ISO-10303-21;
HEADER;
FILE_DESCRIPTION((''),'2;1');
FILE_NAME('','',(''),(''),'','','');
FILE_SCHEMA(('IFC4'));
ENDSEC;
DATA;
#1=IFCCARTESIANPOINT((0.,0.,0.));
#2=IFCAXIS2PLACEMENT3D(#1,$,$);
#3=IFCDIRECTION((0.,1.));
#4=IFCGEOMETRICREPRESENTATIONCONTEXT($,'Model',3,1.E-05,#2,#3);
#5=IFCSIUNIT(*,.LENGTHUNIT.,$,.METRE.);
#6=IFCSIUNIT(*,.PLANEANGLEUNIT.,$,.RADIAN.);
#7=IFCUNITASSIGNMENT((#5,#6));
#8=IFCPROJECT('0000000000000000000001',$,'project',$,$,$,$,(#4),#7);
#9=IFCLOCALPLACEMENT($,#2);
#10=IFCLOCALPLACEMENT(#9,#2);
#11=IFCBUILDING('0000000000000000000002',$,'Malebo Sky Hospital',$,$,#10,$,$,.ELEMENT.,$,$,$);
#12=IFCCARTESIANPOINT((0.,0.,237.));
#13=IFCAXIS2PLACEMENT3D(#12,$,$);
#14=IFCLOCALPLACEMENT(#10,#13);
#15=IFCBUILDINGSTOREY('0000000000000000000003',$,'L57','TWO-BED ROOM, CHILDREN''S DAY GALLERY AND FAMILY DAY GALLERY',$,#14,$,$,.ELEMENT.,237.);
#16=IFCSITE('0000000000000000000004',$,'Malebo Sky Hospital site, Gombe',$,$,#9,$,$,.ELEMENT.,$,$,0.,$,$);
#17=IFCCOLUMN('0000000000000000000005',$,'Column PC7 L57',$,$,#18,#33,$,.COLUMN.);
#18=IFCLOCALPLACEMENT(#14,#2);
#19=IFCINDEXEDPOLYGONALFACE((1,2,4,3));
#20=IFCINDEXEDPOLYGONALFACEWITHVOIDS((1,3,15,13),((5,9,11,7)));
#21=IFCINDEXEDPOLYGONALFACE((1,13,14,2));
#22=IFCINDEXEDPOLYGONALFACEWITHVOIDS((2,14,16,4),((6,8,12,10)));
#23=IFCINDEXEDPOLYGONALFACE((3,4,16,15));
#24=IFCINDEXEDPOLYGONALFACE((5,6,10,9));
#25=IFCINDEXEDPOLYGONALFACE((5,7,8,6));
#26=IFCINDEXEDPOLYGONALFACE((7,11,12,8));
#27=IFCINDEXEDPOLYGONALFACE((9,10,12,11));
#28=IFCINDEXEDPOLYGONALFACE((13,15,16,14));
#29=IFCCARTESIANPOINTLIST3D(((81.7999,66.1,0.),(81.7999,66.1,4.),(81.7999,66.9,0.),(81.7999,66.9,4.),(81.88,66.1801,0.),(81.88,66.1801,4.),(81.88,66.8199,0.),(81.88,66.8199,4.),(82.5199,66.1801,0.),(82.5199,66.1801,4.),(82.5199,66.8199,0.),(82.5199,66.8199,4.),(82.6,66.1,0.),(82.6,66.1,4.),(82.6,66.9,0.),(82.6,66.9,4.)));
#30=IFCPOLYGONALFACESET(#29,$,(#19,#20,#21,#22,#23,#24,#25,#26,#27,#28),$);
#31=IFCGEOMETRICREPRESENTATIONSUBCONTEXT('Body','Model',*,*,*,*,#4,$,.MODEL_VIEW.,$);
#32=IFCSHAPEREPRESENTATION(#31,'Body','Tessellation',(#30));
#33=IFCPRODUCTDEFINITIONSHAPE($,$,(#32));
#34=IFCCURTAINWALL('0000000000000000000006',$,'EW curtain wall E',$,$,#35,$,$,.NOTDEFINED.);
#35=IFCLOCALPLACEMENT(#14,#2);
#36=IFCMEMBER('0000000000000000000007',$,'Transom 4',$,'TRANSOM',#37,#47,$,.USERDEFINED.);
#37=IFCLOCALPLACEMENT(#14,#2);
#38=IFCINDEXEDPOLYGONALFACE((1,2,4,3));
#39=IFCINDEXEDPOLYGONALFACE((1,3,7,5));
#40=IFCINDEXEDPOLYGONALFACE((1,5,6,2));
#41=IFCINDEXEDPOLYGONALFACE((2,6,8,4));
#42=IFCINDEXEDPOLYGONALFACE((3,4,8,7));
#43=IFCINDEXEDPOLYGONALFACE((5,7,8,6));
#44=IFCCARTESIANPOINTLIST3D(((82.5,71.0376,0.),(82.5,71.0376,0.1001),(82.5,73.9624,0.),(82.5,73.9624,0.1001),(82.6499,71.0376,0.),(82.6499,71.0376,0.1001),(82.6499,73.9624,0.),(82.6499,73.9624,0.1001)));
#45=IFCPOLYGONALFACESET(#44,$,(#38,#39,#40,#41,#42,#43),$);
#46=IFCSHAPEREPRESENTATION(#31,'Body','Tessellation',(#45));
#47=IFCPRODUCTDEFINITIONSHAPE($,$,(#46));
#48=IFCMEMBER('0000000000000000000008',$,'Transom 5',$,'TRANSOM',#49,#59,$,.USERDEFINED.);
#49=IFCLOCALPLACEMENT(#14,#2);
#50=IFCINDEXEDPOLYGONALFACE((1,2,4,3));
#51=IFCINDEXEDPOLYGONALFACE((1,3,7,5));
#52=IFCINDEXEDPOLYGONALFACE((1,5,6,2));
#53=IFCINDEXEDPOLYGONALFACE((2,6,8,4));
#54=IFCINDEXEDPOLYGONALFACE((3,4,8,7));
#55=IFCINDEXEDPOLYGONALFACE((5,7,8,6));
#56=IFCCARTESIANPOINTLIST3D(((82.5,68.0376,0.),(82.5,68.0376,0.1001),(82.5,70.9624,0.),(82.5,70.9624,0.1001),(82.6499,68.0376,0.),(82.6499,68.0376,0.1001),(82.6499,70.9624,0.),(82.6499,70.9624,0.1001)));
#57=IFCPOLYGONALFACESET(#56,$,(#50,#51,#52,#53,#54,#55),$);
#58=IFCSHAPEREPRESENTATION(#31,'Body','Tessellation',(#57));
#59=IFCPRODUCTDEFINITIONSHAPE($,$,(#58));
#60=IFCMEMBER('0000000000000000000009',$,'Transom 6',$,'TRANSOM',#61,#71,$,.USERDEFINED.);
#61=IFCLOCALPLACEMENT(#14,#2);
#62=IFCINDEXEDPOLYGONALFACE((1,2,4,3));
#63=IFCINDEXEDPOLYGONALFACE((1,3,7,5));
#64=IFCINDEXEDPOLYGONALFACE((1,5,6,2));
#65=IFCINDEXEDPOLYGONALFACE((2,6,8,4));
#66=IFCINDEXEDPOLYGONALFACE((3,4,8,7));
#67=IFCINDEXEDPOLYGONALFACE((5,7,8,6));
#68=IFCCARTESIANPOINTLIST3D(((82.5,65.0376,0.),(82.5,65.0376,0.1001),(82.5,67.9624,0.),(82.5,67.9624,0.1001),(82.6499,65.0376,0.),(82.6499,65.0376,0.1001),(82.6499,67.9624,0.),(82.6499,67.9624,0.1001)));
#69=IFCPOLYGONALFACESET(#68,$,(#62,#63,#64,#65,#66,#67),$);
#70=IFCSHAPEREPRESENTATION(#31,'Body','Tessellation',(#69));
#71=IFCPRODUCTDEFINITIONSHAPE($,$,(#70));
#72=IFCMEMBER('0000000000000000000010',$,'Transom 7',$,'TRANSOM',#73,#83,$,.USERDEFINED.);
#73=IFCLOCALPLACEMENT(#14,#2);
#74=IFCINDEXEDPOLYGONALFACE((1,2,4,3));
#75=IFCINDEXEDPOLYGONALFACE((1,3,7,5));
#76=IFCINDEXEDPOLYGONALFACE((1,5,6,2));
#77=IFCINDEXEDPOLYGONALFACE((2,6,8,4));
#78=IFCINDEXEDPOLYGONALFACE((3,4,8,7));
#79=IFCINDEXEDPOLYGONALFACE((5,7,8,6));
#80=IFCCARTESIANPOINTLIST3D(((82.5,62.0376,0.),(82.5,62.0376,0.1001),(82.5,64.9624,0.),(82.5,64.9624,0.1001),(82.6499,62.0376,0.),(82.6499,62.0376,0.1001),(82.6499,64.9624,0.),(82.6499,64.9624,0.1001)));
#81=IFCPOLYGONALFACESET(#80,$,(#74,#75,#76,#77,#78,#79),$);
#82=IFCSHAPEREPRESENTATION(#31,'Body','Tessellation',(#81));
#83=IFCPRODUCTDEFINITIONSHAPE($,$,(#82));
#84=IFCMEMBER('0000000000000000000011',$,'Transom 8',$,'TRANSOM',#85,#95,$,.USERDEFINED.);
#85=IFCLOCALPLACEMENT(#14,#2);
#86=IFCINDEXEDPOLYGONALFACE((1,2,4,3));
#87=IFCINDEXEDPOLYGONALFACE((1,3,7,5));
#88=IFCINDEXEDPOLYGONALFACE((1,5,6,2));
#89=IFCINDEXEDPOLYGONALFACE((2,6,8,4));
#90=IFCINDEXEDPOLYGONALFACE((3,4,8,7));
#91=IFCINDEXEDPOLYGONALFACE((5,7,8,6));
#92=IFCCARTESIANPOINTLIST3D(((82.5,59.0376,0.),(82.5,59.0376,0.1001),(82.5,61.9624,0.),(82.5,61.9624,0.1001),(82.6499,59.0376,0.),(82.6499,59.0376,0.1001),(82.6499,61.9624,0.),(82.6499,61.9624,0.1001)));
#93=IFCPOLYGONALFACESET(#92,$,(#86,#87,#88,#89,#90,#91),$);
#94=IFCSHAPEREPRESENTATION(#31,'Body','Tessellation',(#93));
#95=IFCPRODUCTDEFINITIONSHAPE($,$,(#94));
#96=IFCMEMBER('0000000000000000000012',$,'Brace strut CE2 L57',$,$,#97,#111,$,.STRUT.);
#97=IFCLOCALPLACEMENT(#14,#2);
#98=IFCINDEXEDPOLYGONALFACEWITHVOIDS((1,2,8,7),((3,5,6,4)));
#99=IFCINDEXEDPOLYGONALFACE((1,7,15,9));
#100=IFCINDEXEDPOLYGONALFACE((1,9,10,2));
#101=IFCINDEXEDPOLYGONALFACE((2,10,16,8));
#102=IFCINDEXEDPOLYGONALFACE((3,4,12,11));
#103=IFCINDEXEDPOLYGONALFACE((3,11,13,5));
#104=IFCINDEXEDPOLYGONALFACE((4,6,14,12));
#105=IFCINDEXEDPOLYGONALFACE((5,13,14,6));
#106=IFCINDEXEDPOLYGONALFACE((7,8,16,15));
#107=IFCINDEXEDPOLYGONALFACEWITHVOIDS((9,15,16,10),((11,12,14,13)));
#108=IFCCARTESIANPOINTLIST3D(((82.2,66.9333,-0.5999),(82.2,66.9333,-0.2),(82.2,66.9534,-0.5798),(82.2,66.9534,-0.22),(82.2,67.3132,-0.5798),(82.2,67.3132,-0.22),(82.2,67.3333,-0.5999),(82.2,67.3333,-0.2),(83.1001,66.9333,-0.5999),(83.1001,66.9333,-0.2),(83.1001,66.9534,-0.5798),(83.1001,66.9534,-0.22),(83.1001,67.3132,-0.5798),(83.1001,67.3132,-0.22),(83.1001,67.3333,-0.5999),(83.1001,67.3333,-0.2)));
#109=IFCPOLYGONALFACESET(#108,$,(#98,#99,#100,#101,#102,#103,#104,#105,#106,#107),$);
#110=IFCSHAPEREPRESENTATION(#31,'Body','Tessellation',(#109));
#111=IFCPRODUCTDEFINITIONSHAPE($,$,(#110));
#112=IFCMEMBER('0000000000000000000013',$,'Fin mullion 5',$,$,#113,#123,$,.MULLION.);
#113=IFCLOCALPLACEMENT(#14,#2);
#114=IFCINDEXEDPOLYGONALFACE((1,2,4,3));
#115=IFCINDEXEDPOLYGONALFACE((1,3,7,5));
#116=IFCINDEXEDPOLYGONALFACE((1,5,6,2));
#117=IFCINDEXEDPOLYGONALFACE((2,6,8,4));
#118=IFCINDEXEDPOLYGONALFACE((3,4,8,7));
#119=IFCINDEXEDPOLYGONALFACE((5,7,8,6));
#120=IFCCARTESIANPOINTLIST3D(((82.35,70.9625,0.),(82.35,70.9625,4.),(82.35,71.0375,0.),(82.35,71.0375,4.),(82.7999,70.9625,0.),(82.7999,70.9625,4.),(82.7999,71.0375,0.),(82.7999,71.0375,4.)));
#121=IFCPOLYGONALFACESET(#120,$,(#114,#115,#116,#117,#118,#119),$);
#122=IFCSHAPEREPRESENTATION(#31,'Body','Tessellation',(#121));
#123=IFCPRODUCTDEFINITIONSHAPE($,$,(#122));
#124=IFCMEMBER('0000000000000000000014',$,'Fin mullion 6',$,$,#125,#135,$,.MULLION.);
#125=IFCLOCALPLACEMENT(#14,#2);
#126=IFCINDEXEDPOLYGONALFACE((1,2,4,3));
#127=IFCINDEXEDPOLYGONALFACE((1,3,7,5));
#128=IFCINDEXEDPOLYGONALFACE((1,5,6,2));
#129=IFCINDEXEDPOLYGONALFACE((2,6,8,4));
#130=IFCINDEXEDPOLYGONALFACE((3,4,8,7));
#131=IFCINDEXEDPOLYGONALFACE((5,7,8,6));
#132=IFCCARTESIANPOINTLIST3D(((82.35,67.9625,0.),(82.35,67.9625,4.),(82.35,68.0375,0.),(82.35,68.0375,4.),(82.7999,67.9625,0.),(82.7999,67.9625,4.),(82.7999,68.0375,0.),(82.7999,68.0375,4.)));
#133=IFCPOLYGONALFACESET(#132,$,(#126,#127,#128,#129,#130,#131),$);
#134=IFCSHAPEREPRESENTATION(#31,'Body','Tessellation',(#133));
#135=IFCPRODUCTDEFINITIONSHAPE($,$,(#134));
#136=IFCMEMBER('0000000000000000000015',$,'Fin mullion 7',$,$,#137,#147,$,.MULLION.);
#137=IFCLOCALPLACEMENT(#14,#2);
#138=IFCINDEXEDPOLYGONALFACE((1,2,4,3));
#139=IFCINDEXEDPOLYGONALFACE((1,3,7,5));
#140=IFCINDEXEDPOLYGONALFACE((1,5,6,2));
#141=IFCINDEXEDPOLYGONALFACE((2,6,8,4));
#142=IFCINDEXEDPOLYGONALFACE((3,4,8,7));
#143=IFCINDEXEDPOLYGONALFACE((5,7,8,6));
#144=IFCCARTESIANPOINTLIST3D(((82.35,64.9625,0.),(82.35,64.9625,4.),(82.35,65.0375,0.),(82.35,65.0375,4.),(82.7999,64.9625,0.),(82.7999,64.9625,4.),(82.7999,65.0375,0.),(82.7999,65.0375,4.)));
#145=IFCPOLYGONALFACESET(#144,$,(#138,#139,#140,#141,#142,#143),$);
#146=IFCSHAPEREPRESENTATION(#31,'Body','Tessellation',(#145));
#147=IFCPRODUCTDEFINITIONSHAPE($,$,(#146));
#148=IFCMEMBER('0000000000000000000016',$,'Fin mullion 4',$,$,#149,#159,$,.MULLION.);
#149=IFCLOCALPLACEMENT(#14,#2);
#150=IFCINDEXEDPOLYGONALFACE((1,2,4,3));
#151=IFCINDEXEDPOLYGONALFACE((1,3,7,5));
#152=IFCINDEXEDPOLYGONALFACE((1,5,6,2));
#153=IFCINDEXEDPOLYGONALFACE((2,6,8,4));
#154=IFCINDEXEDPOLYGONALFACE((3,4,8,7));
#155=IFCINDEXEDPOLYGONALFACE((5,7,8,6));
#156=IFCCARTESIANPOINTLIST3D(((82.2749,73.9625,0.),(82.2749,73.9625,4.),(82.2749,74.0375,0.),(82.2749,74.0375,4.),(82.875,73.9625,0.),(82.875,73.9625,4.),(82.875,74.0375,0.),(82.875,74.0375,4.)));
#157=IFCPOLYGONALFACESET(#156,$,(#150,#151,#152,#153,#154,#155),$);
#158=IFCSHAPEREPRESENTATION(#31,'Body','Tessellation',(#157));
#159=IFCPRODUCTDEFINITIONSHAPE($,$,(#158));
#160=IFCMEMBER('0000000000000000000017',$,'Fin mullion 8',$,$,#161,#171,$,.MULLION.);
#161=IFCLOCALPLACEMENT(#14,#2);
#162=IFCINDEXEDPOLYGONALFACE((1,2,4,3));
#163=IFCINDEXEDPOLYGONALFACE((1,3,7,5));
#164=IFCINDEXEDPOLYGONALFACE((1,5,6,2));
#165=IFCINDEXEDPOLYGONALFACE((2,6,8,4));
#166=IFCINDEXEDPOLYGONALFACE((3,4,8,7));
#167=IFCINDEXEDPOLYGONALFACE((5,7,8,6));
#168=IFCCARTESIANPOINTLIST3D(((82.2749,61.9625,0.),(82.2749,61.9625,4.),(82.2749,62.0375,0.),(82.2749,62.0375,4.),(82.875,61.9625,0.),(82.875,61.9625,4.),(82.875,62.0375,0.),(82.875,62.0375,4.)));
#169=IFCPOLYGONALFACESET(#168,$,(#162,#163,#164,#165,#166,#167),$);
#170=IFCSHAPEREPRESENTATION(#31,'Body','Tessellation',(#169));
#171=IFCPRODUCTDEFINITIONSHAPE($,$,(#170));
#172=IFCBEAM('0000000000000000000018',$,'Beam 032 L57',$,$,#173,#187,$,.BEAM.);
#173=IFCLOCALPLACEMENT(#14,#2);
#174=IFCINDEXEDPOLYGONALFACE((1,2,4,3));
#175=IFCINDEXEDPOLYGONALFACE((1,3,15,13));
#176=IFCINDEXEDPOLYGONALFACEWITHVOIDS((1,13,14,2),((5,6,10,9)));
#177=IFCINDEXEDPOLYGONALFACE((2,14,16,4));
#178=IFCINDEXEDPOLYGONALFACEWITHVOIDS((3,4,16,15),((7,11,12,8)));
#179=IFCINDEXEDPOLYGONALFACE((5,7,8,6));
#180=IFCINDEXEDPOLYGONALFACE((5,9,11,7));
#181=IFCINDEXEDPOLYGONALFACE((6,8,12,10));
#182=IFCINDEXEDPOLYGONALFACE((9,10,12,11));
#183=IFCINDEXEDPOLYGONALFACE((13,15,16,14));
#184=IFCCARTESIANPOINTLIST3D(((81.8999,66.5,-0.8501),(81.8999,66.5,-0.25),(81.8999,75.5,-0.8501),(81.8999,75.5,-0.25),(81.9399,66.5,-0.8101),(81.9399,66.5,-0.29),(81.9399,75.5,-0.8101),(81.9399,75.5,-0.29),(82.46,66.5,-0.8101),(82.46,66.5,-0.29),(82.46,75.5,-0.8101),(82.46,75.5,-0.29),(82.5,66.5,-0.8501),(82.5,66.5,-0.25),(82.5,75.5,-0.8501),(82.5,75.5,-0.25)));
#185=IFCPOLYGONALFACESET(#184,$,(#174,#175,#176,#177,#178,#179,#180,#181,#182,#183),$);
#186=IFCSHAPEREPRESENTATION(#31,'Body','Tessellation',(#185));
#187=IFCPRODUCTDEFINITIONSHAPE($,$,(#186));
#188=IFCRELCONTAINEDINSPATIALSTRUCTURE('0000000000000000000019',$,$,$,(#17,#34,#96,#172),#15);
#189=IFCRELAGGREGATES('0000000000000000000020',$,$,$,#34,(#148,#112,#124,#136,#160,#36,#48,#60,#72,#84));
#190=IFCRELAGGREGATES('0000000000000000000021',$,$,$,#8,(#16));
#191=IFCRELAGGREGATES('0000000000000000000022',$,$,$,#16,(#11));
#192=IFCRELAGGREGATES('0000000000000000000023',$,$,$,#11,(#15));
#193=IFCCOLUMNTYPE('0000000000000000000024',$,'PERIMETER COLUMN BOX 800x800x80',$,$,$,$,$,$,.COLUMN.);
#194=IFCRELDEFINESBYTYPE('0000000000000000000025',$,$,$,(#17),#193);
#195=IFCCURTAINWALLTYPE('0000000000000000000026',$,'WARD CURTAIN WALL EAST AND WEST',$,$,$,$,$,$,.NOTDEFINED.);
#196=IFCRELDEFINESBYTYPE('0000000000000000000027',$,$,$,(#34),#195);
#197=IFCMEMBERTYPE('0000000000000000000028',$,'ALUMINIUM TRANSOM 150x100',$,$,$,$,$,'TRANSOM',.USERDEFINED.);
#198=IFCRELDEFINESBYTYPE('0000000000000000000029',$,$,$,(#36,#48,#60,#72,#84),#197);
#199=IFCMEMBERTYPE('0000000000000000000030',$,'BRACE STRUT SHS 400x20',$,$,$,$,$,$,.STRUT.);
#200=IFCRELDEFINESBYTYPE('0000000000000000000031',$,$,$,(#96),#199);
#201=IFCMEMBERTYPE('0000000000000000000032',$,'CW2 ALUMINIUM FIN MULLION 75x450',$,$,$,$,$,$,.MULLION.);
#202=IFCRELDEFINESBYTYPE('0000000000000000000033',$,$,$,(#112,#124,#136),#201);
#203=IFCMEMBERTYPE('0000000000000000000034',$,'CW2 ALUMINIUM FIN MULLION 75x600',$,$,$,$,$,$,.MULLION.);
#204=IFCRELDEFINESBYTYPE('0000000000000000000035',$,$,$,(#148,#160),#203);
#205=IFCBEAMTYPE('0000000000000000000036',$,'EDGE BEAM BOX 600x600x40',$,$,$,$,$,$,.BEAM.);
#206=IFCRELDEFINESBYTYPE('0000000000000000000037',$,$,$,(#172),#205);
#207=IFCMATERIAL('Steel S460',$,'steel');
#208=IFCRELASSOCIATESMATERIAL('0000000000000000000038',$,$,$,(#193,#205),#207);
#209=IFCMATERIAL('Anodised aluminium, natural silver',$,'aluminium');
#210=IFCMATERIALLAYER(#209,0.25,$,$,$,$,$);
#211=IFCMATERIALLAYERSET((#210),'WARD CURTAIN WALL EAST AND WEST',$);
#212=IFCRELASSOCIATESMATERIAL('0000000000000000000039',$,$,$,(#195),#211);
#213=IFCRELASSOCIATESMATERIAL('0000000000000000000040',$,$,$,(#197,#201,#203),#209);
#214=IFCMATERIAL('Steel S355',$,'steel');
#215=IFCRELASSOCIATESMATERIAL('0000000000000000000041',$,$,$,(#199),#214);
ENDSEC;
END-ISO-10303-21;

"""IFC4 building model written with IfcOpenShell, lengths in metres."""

from ifc_helpers import new_model, si_unit, direction, frame, origin, origin_2d, place, context, subcontext, project, spatial, rectangle, hollow_rectangle, extrude, material, layer, layer_set, material_profile, profile_set, type_object, element, aggregate, save


model = new_model("IFC4")

# Units and contexts
model_context = context("Model", 3, precision=1e-05, world=origin(), true_north=direction((0.0, 1.0)))
body_context = subcontext(model_context, "Body", "Model", "MODEL_VIEW")
ifc_project = project(units=[si_unit("LENGTHUNIT", "METRE"), si_unit("PLANEANGLEUNIT", "RADIAN")], contexts=[model_context])

# Site, building, storey
site_placement = place(None, origin())
site = spatial("IfcSite", under=ifc_project, at=site_placement, Name="Malebo Sky Hospital site, Gombe", CompositionType="ELEMENT", RefElevation=0.0)
building_placement = place(site_placement, origin())
building = spatial("IfcBuilding", under=site, at=building_placement, Name="Malebo Sky Hospital", CompositionType="ELEMENT")
storey_placement = place(building_placement, frame((0.0, 0.0, 237.0)))
storey = spatial("IfcBuildingStorey", under=building, at=storey_placement, Name="L57", Description="TWO-BED ROOM, CHILDREN'S DAY GALLERY AND FAMILY DAY GALLERY", CompositionType="ELEMENT", Elevation=237.0)

# Column
ifc_material_1 = material(Name="Steel S460", Category="steel")
ifc_material_profile_1 = material_profile(ifc_material_1, hollow_rectangle(XDim=0.8, YDim=0.8, WallThickness=0.0801, at=origin_2d()), Name="BOX 800x800x80")
ifc_profile_set_1 = profile_set([ifc_material_profile_1], Name="Steel S460")
column_type = type_object("IfcColumnType", Name="PERIMETER COLUMN BOX 800x800x80", PredefinedType="COLUMN", material=ifc_profile_set_1)
column_placement = place(storey_placement, frame((82.2, 66.5, 0.0), z_axis=(0.0, 0.0, 1.0), x_axis=(1.0, 0.0, 0.0)))
element("IfcColumn", 1, at=column_placement, inside=storey, type_object=column_type, Name="Column PC7 L57", PredefinedType="COLUMN", context=body_context, shape_type="SweptSolid", body=[
    extrude(hollow_rectangle(XDim=0.8, YDim=0.8, WallThickness=0.0801, at=origin_2d()), origin(), (0.0, 0.0, 1.0), 4.0),
])

# Curtain wall, members
ifc_material_2 = material(Name="Anodised aluminium, natural silver", Category="aluminium")
ifc_layer_1 = layer(ifc_material_2, 0.25)
ifc_layer_set_1 = layer_set([ifc_layer_1], Name="WARD CURTAIN WALL EAST AND WEST")
curtain_wall_type = type_object("IfcCurtainWallType", Name="WARD CURTAIN WALL EAST AND WEST", PredefinedType="NOTDEFINED", material=ifc_layer_set_1)
curtain_wall_placement = place(storey_placement, origin())
curtain_wall = element("IfcCurtainWall", 2, at=curtain_wall_placement, inside=storey, type_object=curtain_wall_type, Name="EW curtain wall E", PredefinedType="NOTDEFINED")
ifc_material_profile_2 = material_profile(ifc_material_2, rectangle(XDim=0.1499, YDim=0.1001, at=origin_2d()), Name="ALUMINIUM TRANSOM 150x100")
ifc_profile_set_2 = profile_set([ifc_material_profile_2], Name="Anodised aluminium, natural silver")
member_type_1 = type_object("IfcMemberType", Name="ALUMINIUM TRANSOM 150x100", ElementType="TRANSOM", PredefinedType="USERDEFINED", material=ifc_profile_set_2)
member_1_placement = place(storey_placement, frame((82.575, 73.9624, 0.05), z_axis=(0.0, -1.0, 0.0), x_axis=(1.0, 0.0, 0.0)))
member_1 = element("IfcMember", 3, at=member_1_placement, type_object=member_type_1, Name="Transom 4", ObjectType="TRANSOM", PredefinedType="USERDEFINED", context=body_context, shape_type="SweptSolid", body=[
    extrude(rectangle(XDim=0.1499, YDim=0.1001, at=origin_2d()), origin(), (0.0, 0.0, 1.0), 2.9248),
])
member_2_placement = place(storey_placement, frame((82.575, 70.9624, 0.05), z_axis=(0.0, -1.0, 0.0), x_axis=(1.0, 0.0, 0.0)))
member_2 = element("IfcMember", 4, at=member_2_placement, type_object=member_type_1, Name="Transom 5", ObjectType="TRANSOM", PredefinedType="USERDEFINED", context=body_context, shape_type="SweptSolid", body=[
    extrude(rectangle(XDim=0.1499, YDim=0.1001, at=origin_2d()), origin(), (0.0, 0.0, 1.0), 2.9248),
])
member_3_placement = place(storey_placement, frame((82.575, 67.9624, 0.05), z_axis=(0.0, -1.0, 0.0), x_axis=(1.0, 0.0, 0.0)))
member_3 = element("IfcMember", 5, at=member_3_placement, type_object=member_type_1, Name="Transom 6", ObjectType="TRANSOM", PredefinedType="USERDEFINED", context=body_context, shape_type="SweptSolid", body=[
    extrude(rectangle(XDim=0.1499, YDim=0.1001, at=origin_2d()), origin(), (0.0, 0.0, 1.0), 2.9248),
])
member_4_placement = place(storey_placement, frame((82.575, 64.9624, 0.05), z_axis=(0.0, -1.0, 0.0), x_axis=(1.0, 0.0, 0.0)))
member_4 = element("IfcMember", 6, at=member_4_placement, type_object=member_type_1, Name="Transom 7", ObjectType="TRANSOM", PredefinedType="USERDEFINED", context=body_context, shape_type="SweptSolid", body=[
    extrude(rectangle(XDim=0.1499, YDim=0.1001, at=origin_2d()), origin(), (0.0, 0.0, 1.0), 2.9248),
])
member_5_placement = place(storey_placement, frame((82.575, 61.9624, 0.05), z_axis=(0.0, -1.0, 0.0), x_axis=(1.0, 0.0, 0.0)))
member_5 = element("IfcMember", 7, at=member_5_placement, type_object=member_type_1, Name="Transom 8", ObjectType="TRANSOM", PredefinedType="USERDEFINED", context=body_context, shape_type="SweptSolid", body=[
    extrude(rectangle(XDim=0.1499, YDim=0.1001, at=origin_2d()), origin(), (0.0, 0.0, 1.0), 2.9248),
])

# Members
ifc_material_3 = material(Name="Steel S355", Category="steel")
ifc_material_profile_3 = material_profile(ifc_material_3, hollow_rectangle(XDim=0.3999, YDim=0.3999, WallThickness=0.02, at=origin_2d()), Name="SHS 400x20")
ifc_profile_set_3 = profile_set([ifc_material_profile_3], Name="Steel S355")
member_type_2 = type_object("IfcMemberType", Name="BRACE STRUT SHS 400x20", PredefinedType="STRUT", material=ifc_profile_set_3)
member_6_placement = place(storey_placement, frame((83.1001, 67.1333, -0.3999), z_axis=(-1.0, 0.0, 0.0), x_axis=(0.0, -1.0, 0.0)))
element("IfcMember", 8, at=member_6_placement, inside=storey, type_object=member_type_2, Name="Brace strut CE2 L57", PredefinedType="STRUT", context=body_context, shape_type="SweptSolid", body=[
    extrude(hollow_rectangle(XDim=0.3999, YDim=0.3999, WallThickness=0.02, at=origin_2d()), origin(), (0.0, 0.0, 1.0), 0.9001),
])
ifc_material_profile_4 = material_profile(ifc_material_2, rectangle(XDim=0.075, YDim=0.45, at=origin_2d()), Name="CW2 ALUMINIUM FIN MULLION 75x450")
ifc_profile_set_4 = profile_set([ifc_material_profile_4], Name="Anodised aluminium, natural silver")
member_type_3 = type_object("IfcMemberType", Name="CW2 ALUMINIUM FIN MULLION 75x450", PredefinedType="MULLION", material=ifc_profile_set_4)
member_7_placement = place(storey_placement, frame((82.575, 71.0, 0.0), z_axis=(0.0, 0.0, 1.0), x_axis=(0.0, -1.0, 0.0)))
member_7 = element("IfcMember", 9, at=member_7_placement, type_object=member_type_3, Name="Fin mullion 5", PredefinedType="MULLION", context=body_context, shape_type="SweptSolid", body=[
    extrude(rectangle(XDim=0.075, YDim=0.45, at=origin_2d()), origin(), (0.0, 0.0, 1.0), 4.0),
])
member_8_placement = place(storey_placement, frame((82.575, 68.0, 0.0), z_axis=(0.0, 0.0, 1.0), x_axis=(0.0, -1.0, 0.0)))
member_8 = element("IfcMember", 10, at=member_8_placement, type_object=member_type_3, Name="Fin mullion 6", PredefinedType="MULLION", context=body_context, shape_type="SweptSolid", body=[
    extrude(rectangle(XDim=0.075, YDim=0.45, at=origin_2d()), origin(), (0.0, 0.0, 1.0), 4.0),
])
member_9_placement = place(storey_placement, frame((82.575, 65.0, 0.0), z_axis=(0.0, 0.0, 1.0), x_axis=(0.0, -1.0, 0.0)))
member_9 = element("IfcMember", 11, at=member_9_placement, type_object=member_type_3, Name="Fin mullion 7", PredefinedType="MULLION", context=body_context, shape_type="SweptSolid", body=[
    extrude(rectangle(XDim=0.075, YDim=0.45, at=origin_2d()), origin(), (0.0, 0.0, 1.0), 4.0),
])
ifc_material_profile_5 = material_profile(ifc_material_2, rectangle(XDim=0.075, YDim=0.6001, at=origin_2d()), Name="CW2 ALUMINIUM FIN MULLION 75x600")
ifc_profile_set_5 = profile_set([ifc_material_profile_5], Name="Anodised aluminium, natural silver")
member_type_4 = type_object("IfcMemberType", Name="CW2 ALUMINIUM FIN MULLION 75x600", PredefinedType="MULLION", material=ifc_profile_set_5)
member_10_placement = place(storey_placement, frame((82.575, 74.0, 0.0), z_axis=(0.0, 0.0, 1.0), x_axis=(0.0, -1.0, 0.0)))
member_10 = element("IfcMember", 12, at=member_10_placement, type_object=member_type_4, Name="Fin mullion 4", PredefinedType="MULLION", context=body_context, shape_type="SweptSolid", body=[
    extrude(rectangle(XDim=0.075, YDim=0.6001, at=origin_2d()), origin(), (0.0, 0.0, 1.0), 4.0),
])
member_11_placement = place(storey_placement, frame((82.575, 62.0, 0.0), z_axis=(0.0, 0.0, 1.0), x_axis=(0.0, -1.0, 0.0)))
member_11 = element("IfcMember", 13, at=member_11_placement, type_object=member_type_4, Name="Fin mullion 8", PredefinedType="MULLION", context=body_context, shape_type="SweptSolid", body=[
    extrude(rectangle(XDim=0.075, YDim=0.6001, at=origin_2d()), origin(), (0.0, 0.0, 1.0), 4.0),
])

# Beam
ifc_material_profile_6 = material_profile(ifc_material_1, hollow_rectangle(XDim=0.6001, YDim=0.6001, WallThickness=0.04, at=origin_2d()), Name="BOX 600x600x40")
ifc_profile_set_6 = profile_set([ifc_material_profile_6], Name="Steel S460")
beam_type = type_object("IfcBeamType", Name="EDGE BEAM BOX 600x600x40", PredefinedType="BEAM", material=ifc_profile_set_6)
beam_placement = place(storey_placement, frame((82.2, 66.5, -0.55), z_axis=(0.0, 1.0, 0.0), x_axis=(-1.0, 0.0, 0.0)))
element("IfcBeam", 14, at=beam_placement, inside=storey, type_object=beam_type, Name="Beam 032 L57", PredefinedType="BEAM", context=body_context, shape_type="SweptSolid", body=[
    extrude(hollow_rectangle(XDim=0.6001, YDim=0.6001, WallThickness=0.04, at=origin_2d()), origin(), (0.0, 0.0, 1.0), 9.0),
])

aggregate(curtain_wall, [member_10, member_7, member_8, member_9, member_11, member_1, member_2, member_3, member_4, member_5])

save(model, "model.ifc")
